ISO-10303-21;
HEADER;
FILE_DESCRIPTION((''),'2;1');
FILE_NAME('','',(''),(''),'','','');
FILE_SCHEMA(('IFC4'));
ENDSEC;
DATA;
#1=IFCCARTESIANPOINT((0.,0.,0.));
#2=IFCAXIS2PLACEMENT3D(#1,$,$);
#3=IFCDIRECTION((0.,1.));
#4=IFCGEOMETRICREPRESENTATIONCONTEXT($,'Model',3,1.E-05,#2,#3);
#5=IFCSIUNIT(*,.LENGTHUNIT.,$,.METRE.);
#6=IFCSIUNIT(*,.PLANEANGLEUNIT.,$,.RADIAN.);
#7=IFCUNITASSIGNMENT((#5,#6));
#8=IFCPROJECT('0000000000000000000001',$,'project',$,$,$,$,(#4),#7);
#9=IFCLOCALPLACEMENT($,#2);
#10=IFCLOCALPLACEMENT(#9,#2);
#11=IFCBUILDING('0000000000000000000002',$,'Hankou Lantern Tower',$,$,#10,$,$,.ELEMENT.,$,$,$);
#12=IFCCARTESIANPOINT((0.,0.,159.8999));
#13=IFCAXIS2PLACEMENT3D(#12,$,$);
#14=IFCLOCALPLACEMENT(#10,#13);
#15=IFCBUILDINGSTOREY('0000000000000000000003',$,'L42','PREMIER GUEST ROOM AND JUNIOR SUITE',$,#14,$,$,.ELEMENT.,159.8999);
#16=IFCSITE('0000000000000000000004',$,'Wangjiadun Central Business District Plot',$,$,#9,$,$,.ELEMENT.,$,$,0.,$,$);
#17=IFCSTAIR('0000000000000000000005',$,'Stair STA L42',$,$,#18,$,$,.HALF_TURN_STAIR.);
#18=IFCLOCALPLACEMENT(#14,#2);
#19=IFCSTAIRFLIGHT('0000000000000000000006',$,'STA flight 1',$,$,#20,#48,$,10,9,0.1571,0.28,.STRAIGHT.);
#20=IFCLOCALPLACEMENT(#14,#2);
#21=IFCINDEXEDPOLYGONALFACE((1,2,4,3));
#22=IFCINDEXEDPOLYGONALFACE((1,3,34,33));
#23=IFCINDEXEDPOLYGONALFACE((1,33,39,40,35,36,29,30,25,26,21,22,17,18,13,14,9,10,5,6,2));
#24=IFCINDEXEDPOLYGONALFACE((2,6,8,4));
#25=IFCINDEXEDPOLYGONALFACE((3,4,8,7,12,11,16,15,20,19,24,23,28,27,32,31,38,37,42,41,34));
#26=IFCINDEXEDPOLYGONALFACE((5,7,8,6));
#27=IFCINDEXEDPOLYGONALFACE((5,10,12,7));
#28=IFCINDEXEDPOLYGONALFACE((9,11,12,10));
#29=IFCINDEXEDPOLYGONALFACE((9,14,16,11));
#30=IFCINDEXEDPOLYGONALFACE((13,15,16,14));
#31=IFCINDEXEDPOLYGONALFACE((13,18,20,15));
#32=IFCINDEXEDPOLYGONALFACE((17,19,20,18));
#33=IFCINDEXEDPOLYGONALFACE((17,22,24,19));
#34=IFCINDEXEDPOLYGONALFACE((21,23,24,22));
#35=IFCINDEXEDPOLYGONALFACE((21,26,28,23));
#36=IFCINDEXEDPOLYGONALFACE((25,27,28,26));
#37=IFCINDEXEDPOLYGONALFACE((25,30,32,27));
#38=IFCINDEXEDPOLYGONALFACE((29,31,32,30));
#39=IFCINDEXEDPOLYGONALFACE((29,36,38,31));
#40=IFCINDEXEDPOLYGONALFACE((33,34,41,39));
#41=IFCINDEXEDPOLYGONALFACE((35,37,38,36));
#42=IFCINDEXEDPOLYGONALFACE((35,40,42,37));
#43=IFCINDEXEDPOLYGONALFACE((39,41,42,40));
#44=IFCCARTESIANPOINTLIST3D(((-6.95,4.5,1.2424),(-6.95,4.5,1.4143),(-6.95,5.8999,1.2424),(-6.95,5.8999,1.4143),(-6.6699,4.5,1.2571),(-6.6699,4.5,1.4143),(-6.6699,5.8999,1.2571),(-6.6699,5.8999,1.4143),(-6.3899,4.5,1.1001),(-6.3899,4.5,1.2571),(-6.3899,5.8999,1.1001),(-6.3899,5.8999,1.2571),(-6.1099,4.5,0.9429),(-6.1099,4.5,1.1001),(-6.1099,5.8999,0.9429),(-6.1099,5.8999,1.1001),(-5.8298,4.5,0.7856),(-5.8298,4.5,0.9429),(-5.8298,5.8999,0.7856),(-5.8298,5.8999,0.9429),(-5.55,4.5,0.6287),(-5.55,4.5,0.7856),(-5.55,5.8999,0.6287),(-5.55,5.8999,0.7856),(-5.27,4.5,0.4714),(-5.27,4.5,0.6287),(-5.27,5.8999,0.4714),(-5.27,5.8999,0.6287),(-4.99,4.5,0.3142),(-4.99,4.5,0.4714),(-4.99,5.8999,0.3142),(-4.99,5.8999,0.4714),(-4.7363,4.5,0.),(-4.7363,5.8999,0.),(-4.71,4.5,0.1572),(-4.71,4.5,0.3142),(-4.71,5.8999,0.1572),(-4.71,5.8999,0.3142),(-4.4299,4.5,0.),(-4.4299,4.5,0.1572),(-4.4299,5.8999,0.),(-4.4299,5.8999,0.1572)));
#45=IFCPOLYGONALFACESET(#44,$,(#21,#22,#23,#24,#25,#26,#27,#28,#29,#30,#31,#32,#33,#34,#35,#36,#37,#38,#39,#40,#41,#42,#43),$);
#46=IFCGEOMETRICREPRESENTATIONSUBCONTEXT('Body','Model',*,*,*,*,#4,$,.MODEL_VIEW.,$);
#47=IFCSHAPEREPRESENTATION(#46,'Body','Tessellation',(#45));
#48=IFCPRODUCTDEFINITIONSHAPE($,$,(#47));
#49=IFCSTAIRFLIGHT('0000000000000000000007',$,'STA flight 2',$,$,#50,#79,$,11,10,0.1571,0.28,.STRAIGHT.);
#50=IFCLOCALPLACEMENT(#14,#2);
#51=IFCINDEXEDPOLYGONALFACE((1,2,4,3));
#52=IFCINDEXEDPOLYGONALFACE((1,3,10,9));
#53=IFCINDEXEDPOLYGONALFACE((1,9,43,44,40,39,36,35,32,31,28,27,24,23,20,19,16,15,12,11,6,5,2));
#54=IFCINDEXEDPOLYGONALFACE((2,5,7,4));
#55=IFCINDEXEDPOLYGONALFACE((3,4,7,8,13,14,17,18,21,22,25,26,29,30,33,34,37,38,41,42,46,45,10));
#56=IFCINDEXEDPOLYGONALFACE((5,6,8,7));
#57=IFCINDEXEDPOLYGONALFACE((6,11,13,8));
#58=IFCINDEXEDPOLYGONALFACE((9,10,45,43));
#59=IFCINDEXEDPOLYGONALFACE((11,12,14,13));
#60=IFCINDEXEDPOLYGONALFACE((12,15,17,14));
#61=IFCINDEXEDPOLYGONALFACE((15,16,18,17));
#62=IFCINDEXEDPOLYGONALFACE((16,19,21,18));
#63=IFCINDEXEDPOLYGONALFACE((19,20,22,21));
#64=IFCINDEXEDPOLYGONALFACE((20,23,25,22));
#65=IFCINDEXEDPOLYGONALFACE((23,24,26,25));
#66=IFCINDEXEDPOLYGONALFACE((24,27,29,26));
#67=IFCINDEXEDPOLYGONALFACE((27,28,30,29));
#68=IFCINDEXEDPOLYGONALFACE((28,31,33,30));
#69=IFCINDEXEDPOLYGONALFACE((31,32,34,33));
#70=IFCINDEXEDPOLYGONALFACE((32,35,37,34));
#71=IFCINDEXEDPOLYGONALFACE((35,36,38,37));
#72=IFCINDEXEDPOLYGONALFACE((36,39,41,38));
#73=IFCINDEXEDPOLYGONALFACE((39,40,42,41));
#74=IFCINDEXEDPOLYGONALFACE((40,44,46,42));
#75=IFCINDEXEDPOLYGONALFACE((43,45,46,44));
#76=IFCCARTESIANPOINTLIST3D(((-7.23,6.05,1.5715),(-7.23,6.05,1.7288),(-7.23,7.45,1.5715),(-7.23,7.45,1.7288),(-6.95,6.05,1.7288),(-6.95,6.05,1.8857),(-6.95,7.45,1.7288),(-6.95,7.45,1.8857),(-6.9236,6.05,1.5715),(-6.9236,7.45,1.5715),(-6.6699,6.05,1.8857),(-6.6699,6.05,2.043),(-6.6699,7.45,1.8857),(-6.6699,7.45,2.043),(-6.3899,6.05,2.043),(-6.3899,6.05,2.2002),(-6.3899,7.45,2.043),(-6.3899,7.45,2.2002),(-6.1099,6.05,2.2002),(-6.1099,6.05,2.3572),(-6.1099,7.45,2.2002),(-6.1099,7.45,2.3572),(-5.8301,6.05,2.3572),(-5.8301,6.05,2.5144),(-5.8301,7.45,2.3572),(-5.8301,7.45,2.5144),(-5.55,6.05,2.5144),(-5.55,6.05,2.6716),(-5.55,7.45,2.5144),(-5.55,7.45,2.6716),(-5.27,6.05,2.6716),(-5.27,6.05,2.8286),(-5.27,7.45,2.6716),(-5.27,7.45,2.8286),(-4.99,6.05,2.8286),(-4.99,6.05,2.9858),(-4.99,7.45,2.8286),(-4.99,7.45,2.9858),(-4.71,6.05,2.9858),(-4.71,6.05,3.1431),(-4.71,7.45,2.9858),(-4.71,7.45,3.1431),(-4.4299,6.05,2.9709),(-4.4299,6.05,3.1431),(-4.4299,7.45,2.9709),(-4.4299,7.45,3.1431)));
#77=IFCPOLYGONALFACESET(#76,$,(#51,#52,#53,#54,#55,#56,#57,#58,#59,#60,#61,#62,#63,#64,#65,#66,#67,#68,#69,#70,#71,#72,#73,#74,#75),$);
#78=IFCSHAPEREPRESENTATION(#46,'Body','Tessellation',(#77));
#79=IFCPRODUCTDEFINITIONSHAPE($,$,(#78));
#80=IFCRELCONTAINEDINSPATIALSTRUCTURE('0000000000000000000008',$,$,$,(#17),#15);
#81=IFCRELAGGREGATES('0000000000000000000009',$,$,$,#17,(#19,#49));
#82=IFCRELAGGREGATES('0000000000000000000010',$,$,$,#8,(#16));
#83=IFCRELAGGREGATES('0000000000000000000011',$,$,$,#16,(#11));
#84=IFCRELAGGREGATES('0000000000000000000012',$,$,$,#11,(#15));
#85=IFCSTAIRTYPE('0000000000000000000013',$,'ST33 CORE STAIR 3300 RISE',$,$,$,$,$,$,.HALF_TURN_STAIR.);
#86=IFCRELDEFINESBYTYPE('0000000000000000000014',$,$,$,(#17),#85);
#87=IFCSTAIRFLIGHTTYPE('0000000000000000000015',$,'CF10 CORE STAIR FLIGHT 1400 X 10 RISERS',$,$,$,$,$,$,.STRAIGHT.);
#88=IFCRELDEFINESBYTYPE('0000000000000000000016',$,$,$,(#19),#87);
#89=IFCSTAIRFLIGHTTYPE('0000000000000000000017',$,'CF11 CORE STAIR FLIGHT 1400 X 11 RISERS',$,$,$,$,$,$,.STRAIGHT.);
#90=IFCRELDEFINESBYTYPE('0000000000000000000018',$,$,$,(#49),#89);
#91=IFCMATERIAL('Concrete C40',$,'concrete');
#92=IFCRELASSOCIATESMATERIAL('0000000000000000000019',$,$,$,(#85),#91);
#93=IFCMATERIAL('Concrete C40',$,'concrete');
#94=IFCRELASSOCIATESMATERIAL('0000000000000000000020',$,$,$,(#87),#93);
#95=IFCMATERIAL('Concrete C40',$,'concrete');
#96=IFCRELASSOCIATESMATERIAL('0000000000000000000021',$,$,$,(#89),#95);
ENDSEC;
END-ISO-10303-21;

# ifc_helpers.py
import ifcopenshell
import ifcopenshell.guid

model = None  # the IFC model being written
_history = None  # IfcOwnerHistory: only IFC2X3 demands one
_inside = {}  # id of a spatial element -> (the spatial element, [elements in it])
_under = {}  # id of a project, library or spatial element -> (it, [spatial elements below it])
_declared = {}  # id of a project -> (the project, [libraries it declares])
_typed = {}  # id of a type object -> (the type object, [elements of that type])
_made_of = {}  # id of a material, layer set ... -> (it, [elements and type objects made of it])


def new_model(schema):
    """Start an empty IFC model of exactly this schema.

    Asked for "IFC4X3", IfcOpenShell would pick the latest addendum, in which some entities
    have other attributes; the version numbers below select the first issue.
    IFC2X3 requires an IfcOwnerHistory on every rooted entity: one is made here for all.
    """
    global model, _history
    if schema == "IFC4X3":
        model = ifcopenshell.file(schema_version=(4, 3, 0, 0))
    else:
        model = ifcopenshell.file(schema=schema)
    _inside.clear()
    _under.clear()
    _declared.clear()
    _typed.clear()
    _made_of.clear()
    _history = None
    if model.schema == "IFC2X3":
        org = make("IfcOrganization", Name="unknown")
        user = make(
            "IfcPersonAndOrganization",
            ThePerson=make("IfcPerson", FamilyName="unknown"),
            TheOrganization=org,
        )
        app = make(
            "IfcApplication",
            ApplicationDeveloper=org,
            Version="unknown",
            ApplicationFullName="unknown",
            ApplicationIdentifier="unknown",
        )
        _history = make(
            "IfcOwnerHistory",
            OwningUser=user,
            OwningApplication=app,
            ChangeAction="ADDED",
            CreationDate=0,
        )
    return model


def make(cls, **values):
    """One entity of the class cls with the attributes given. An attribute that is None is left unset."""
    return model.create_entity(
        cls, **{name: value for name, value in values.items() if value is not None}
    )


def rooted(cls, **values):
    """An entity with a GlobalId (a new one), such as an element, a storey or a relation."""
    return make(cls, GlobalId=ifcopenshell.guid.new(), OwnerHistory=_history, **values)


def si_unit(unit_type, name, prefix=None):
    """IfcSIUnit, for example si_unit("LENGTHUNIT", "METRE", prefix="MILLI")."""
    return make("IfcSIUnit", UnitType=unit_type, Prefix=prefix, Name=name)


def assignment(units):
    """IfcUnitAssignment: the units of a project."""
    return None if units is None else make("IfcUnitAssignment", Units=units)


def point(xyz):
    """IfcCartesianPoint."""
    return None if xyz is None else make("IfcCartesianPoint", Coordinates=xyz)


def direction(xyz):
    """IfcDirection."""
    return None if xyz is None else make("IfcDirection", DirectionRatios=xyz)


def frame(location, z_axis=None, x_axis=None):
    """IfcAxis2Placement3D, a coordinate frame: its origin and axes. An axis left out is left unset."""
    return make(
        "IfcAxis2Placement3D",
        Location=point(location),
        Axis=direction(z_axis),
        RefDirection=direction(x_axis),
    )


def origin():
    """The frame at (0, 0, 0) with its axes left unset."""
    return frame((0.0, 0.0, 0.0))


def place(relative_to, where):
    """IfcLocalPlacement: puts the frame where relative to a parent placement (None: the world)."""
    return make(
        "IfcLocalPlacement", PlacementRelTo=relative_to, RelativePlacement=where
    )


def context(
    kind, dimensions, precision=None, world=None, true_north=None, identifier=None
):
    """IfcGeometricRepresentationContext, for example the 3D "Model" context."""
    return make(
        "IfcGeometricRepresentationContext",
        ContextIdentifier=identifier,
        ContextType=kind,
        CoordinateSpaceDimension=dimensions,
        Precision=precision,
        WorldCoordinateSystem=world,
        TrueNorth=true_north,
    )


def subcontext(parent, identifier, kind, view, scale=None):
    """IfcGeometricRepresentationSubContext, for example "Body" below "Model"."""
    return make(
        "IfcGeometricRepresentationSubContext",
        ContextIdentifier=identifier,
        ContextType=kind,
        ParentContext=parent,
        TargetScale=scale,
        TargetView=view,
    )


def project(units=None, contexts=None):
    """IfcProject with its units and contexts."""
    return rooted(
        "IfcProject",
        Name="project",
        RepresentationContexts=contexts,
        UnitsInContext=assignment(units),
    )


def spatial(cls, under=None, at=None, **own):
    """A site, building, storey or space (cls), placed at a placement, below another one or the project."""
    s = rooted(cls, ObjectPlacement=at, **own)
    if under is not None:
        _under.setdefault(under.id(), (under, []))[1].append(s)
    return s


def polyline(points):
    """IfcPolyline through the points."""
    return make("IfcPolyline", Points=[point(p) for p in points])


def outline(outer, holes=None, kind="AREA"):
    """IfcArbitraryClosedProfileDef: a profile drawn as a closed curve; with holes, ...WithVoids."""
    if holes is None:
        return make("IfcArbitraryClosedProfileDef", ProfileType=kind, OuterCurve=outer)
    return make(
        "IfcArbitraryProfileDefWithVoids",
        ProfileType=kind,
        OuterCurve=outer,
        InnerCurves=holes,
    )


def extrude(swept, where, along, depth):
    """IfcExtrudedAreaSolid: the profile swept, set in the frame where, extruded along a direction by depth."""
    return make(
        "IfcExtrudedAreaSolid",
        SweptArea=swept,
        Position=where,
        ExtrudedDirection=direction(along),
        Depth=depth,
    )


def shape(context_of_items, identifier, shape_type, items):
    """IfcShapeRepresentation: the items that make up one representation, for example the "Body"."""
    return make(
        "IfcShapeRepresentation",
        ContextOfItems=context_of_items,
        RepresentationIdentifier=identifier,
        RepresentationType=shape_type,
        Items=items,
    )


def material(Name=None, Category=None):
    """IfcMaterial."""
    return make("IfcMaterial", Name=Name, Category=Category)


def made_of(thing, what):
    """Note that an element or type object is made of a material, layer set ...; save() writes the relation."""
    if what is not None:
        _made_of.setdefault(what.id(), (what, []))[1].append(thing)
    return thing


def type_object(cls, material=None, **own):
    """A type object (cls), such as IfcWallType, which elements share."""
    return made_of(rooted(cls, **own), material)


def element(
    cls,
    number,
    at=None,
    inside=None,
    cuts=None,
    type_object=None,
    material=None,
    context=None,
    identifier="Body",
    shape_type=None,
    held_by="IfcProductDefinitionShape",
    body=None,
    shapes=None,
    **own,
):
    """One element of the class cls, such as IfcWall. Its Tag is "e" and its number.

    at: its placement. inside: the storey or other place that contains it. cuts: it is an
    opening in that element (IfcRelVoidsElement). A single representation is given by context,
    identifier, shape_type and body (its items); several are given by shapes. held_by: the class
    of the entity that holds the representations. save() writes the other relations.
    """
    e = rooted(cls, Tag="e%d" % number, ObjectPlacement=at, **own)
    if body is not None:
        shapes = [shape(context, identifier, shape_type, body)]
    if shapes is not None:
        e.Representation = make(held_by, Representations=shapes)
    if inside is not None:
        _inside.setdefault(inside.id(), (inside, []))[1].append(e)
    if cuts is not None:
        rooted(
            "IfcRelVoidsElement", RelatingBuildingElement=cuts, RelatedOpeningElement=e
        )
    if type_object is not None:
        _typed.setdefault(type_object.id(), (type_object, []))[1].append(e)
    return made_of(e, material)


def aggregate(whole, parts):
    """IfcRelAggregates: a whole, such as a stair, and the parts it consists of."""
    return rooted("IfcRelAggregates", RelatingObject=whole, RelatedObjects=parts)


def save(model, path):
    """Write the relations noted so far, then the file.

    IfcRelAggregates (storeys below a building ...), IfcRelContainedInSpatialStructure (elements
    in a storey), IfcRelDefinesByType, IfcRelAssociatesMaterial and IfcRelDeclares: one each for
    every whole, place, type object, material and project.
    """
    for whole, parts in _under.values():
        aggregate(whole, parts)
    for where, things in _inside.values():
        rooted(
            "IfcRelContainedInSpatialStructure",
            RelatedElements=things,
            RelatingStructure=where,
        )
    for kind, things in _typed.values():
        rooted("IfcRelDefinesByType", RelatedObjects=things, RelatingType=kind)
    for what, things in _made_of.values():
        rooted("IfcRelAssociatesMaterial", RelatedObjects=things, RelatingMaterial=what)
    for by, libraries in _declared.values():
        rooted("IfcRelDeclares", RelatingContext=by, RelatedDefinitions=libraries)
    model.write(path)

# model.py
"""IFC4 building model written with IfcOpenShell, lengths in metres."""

from ifc_helpers import new_model, si_unit, direction, frame, origin, place, context, subcontext, project, spatial, polyline, outline, extrude, material, type_object, element, aggregate, save


model = new_model("IFC4")

# Units and contexts
model_context = context("Model", 3, precision=1e-05, world=origin(), true_north=direction((0.0, 1.0)))
body_context = subcontext(model_context, "Body", "Model", "MODEL_VIEW")
ifc_project = project(units=[si_unit("LENGTHUNIT", "METRE"), si_unit("PLANEANGLEUNIT", "RADIAN")], contexts=[model_context])

# Site, building, storey
site_placement = place(None, origin())
site = spatial("IfcSite", under=ifc_project, at=site_placement, Name="Wangjiadun Central Business District Plot", CompositionType="ELEMENT", RefElevation=0.0)
building_placement = place(site_placement, origin())
building = spatial("IfcBuilding", under=site, at=building_placement, Name="Hankou Lantern Tower", CompositionType="ELEMENT")
storey_placement = place(building_placement, frame((0.0, 0.0, 159.8999)))
storey = spatial("IfcBuildingStorey", under=building, at=storey_placement, Name="L42", Description="PREMIER GUEST ROOM AND JUNIOR SUITE", CompositionType="ELEMENT", Elevation=159.8999)

# Stair, stair flights
ifc_material_1 = material(Name="Concrete C40", Category="concrete")
stair_type = type_object("IfcStairType", Name="ST33 CORE STAIR 3300 RISE", PredefinedType="HALF_TURN_STAIR", material=ifc_material_1)
stair_placement = place(storey_placement, origin())
stair = element("IfcStair", 1, at=stair_placement, inside=storey, type_object=stair_type, Name="Stair STA L42", PredefinedType="HALF_TURN_STAIR")
ifc_material_2 = material(Name="Concrete C40", Category="concrete")
stair_flight_type_1 = type_object("IfcStairFlightType", Name="CF10 CORE STAIR FLIGHT 1400 X 10 RISERS", PredefinedType="STRAIGHT", material=ifc_material_2)
stair_flight_1_placement = place(storey_placement, frame((-4.4299, 5.2, 0.0), z_axis=(0.0, 0.0, 1.0), x_axis=(-1.0, 0.0, 0.0)))
stair_flight_1 = element("IfcStairFlight", 2, at=stair_flight_1_placement, type_object=stair_flight_type_1, Name="STA flight 1", NumberOfRisers=10, NumberOfTreads=9, PredefinedType="STRAIGHT", RiserHeight=0.1571, TreadLength=0.28, context=body_context, shape_type="SweptSolid", body=[
    extrude(outline(polyline([(0.0, 0.0), (0.0, 0.1572), (0.28, 0.1572), (0.28, 0.3142), (0.5601, 0.3142), (0.5601, 0.4714), (0.8401, 0.4714), (0.8401, 0.6287), (1.1201, 0.6287), (1.1201, 0.7856), (1.3999, 0.7856), (1.3999, 0.9429), (1.6799, 0.9429), (1.6799, 1.1001), (1.96, 1.1001), (1.96, 1.2571), (2.24, 1.2571), (2.24, 1.4143), (2.52, 1.4143), (2.52, 1.5715), (2.52, 1.2424), (0.3064, 0.0), (0.0, 0.0)])), frame((0.0, 0.7, 0.0), z_axis=(0.0, -1.0, 0.0), x_axis=(1.0, 0.0, 0.0)), (0.0, 0.0, 1.0), 1.3999),
])
ifc_material_3 = material(Name="Concrete C40", Category="concrete")
stair_flight_type_2 = type_object("IfcStairFlightType", Name="CF11 CORE STAIR FLIGHT 1400 X 11 RISERS", PredefinedType="STRAIGHT", material=ifc_material_3)
stair_flight_2_placement = place(storey_placement, frame((-7.23, 6.75, 1.5715), z_axis=(0.0, 0.0, 1.0), x_axis=(1.0, 0.0, 0.0)))
stair_flight_2 = element("IfcStairFlight", 3, at=stair_flight_2_placement, type_object=stair_flight_type_2, Name="STA flight 2", NumberOfRisers=11, NumberOfTreads=10, PredefinedType="STRAIGHT", RiserHeight=0.1571, TreadLength=0.28, context=body_context, shape_type="SweptSolid", body=[
    extrude(outline(polyline([(0.0, 0.0), (0.0, 0.1572), (0.28, 0.1572), (0.28, 0.3142), (0.5601, 0.3142), (0.5601, 0.4714), (0.8401, 0.4714), (0.8401, 0.6287), (1.1201, 0.6287), (1.1201, 0.7856), (1.3999, 0.7856), (1.3999, 0.9429), (1.6799, 0.9429), (1.6799, 1.1001), (1.96, 1.1001), (1.96, 1.2571), (2.24, 1.2571), (2.24, 1.4143), (2.52, 1.4143), (2.52, 1.5715), (2.8, 1.5715), (2.8, 1.7285), (2.8, 1.3994), (0.3064, 0.0), (0.0, 0.0)])), frame((0.0, 0.7, 0.0), z_axis=(0.0, -1.0, 0.0), x_axis=(1.0, 0.0, 0.0)), (0.0, 0.0, 1.0), 1.3999),
])
aggregate(stair, [stair_flight_1, stair_flight_2])

save(model, "model.ifc")
